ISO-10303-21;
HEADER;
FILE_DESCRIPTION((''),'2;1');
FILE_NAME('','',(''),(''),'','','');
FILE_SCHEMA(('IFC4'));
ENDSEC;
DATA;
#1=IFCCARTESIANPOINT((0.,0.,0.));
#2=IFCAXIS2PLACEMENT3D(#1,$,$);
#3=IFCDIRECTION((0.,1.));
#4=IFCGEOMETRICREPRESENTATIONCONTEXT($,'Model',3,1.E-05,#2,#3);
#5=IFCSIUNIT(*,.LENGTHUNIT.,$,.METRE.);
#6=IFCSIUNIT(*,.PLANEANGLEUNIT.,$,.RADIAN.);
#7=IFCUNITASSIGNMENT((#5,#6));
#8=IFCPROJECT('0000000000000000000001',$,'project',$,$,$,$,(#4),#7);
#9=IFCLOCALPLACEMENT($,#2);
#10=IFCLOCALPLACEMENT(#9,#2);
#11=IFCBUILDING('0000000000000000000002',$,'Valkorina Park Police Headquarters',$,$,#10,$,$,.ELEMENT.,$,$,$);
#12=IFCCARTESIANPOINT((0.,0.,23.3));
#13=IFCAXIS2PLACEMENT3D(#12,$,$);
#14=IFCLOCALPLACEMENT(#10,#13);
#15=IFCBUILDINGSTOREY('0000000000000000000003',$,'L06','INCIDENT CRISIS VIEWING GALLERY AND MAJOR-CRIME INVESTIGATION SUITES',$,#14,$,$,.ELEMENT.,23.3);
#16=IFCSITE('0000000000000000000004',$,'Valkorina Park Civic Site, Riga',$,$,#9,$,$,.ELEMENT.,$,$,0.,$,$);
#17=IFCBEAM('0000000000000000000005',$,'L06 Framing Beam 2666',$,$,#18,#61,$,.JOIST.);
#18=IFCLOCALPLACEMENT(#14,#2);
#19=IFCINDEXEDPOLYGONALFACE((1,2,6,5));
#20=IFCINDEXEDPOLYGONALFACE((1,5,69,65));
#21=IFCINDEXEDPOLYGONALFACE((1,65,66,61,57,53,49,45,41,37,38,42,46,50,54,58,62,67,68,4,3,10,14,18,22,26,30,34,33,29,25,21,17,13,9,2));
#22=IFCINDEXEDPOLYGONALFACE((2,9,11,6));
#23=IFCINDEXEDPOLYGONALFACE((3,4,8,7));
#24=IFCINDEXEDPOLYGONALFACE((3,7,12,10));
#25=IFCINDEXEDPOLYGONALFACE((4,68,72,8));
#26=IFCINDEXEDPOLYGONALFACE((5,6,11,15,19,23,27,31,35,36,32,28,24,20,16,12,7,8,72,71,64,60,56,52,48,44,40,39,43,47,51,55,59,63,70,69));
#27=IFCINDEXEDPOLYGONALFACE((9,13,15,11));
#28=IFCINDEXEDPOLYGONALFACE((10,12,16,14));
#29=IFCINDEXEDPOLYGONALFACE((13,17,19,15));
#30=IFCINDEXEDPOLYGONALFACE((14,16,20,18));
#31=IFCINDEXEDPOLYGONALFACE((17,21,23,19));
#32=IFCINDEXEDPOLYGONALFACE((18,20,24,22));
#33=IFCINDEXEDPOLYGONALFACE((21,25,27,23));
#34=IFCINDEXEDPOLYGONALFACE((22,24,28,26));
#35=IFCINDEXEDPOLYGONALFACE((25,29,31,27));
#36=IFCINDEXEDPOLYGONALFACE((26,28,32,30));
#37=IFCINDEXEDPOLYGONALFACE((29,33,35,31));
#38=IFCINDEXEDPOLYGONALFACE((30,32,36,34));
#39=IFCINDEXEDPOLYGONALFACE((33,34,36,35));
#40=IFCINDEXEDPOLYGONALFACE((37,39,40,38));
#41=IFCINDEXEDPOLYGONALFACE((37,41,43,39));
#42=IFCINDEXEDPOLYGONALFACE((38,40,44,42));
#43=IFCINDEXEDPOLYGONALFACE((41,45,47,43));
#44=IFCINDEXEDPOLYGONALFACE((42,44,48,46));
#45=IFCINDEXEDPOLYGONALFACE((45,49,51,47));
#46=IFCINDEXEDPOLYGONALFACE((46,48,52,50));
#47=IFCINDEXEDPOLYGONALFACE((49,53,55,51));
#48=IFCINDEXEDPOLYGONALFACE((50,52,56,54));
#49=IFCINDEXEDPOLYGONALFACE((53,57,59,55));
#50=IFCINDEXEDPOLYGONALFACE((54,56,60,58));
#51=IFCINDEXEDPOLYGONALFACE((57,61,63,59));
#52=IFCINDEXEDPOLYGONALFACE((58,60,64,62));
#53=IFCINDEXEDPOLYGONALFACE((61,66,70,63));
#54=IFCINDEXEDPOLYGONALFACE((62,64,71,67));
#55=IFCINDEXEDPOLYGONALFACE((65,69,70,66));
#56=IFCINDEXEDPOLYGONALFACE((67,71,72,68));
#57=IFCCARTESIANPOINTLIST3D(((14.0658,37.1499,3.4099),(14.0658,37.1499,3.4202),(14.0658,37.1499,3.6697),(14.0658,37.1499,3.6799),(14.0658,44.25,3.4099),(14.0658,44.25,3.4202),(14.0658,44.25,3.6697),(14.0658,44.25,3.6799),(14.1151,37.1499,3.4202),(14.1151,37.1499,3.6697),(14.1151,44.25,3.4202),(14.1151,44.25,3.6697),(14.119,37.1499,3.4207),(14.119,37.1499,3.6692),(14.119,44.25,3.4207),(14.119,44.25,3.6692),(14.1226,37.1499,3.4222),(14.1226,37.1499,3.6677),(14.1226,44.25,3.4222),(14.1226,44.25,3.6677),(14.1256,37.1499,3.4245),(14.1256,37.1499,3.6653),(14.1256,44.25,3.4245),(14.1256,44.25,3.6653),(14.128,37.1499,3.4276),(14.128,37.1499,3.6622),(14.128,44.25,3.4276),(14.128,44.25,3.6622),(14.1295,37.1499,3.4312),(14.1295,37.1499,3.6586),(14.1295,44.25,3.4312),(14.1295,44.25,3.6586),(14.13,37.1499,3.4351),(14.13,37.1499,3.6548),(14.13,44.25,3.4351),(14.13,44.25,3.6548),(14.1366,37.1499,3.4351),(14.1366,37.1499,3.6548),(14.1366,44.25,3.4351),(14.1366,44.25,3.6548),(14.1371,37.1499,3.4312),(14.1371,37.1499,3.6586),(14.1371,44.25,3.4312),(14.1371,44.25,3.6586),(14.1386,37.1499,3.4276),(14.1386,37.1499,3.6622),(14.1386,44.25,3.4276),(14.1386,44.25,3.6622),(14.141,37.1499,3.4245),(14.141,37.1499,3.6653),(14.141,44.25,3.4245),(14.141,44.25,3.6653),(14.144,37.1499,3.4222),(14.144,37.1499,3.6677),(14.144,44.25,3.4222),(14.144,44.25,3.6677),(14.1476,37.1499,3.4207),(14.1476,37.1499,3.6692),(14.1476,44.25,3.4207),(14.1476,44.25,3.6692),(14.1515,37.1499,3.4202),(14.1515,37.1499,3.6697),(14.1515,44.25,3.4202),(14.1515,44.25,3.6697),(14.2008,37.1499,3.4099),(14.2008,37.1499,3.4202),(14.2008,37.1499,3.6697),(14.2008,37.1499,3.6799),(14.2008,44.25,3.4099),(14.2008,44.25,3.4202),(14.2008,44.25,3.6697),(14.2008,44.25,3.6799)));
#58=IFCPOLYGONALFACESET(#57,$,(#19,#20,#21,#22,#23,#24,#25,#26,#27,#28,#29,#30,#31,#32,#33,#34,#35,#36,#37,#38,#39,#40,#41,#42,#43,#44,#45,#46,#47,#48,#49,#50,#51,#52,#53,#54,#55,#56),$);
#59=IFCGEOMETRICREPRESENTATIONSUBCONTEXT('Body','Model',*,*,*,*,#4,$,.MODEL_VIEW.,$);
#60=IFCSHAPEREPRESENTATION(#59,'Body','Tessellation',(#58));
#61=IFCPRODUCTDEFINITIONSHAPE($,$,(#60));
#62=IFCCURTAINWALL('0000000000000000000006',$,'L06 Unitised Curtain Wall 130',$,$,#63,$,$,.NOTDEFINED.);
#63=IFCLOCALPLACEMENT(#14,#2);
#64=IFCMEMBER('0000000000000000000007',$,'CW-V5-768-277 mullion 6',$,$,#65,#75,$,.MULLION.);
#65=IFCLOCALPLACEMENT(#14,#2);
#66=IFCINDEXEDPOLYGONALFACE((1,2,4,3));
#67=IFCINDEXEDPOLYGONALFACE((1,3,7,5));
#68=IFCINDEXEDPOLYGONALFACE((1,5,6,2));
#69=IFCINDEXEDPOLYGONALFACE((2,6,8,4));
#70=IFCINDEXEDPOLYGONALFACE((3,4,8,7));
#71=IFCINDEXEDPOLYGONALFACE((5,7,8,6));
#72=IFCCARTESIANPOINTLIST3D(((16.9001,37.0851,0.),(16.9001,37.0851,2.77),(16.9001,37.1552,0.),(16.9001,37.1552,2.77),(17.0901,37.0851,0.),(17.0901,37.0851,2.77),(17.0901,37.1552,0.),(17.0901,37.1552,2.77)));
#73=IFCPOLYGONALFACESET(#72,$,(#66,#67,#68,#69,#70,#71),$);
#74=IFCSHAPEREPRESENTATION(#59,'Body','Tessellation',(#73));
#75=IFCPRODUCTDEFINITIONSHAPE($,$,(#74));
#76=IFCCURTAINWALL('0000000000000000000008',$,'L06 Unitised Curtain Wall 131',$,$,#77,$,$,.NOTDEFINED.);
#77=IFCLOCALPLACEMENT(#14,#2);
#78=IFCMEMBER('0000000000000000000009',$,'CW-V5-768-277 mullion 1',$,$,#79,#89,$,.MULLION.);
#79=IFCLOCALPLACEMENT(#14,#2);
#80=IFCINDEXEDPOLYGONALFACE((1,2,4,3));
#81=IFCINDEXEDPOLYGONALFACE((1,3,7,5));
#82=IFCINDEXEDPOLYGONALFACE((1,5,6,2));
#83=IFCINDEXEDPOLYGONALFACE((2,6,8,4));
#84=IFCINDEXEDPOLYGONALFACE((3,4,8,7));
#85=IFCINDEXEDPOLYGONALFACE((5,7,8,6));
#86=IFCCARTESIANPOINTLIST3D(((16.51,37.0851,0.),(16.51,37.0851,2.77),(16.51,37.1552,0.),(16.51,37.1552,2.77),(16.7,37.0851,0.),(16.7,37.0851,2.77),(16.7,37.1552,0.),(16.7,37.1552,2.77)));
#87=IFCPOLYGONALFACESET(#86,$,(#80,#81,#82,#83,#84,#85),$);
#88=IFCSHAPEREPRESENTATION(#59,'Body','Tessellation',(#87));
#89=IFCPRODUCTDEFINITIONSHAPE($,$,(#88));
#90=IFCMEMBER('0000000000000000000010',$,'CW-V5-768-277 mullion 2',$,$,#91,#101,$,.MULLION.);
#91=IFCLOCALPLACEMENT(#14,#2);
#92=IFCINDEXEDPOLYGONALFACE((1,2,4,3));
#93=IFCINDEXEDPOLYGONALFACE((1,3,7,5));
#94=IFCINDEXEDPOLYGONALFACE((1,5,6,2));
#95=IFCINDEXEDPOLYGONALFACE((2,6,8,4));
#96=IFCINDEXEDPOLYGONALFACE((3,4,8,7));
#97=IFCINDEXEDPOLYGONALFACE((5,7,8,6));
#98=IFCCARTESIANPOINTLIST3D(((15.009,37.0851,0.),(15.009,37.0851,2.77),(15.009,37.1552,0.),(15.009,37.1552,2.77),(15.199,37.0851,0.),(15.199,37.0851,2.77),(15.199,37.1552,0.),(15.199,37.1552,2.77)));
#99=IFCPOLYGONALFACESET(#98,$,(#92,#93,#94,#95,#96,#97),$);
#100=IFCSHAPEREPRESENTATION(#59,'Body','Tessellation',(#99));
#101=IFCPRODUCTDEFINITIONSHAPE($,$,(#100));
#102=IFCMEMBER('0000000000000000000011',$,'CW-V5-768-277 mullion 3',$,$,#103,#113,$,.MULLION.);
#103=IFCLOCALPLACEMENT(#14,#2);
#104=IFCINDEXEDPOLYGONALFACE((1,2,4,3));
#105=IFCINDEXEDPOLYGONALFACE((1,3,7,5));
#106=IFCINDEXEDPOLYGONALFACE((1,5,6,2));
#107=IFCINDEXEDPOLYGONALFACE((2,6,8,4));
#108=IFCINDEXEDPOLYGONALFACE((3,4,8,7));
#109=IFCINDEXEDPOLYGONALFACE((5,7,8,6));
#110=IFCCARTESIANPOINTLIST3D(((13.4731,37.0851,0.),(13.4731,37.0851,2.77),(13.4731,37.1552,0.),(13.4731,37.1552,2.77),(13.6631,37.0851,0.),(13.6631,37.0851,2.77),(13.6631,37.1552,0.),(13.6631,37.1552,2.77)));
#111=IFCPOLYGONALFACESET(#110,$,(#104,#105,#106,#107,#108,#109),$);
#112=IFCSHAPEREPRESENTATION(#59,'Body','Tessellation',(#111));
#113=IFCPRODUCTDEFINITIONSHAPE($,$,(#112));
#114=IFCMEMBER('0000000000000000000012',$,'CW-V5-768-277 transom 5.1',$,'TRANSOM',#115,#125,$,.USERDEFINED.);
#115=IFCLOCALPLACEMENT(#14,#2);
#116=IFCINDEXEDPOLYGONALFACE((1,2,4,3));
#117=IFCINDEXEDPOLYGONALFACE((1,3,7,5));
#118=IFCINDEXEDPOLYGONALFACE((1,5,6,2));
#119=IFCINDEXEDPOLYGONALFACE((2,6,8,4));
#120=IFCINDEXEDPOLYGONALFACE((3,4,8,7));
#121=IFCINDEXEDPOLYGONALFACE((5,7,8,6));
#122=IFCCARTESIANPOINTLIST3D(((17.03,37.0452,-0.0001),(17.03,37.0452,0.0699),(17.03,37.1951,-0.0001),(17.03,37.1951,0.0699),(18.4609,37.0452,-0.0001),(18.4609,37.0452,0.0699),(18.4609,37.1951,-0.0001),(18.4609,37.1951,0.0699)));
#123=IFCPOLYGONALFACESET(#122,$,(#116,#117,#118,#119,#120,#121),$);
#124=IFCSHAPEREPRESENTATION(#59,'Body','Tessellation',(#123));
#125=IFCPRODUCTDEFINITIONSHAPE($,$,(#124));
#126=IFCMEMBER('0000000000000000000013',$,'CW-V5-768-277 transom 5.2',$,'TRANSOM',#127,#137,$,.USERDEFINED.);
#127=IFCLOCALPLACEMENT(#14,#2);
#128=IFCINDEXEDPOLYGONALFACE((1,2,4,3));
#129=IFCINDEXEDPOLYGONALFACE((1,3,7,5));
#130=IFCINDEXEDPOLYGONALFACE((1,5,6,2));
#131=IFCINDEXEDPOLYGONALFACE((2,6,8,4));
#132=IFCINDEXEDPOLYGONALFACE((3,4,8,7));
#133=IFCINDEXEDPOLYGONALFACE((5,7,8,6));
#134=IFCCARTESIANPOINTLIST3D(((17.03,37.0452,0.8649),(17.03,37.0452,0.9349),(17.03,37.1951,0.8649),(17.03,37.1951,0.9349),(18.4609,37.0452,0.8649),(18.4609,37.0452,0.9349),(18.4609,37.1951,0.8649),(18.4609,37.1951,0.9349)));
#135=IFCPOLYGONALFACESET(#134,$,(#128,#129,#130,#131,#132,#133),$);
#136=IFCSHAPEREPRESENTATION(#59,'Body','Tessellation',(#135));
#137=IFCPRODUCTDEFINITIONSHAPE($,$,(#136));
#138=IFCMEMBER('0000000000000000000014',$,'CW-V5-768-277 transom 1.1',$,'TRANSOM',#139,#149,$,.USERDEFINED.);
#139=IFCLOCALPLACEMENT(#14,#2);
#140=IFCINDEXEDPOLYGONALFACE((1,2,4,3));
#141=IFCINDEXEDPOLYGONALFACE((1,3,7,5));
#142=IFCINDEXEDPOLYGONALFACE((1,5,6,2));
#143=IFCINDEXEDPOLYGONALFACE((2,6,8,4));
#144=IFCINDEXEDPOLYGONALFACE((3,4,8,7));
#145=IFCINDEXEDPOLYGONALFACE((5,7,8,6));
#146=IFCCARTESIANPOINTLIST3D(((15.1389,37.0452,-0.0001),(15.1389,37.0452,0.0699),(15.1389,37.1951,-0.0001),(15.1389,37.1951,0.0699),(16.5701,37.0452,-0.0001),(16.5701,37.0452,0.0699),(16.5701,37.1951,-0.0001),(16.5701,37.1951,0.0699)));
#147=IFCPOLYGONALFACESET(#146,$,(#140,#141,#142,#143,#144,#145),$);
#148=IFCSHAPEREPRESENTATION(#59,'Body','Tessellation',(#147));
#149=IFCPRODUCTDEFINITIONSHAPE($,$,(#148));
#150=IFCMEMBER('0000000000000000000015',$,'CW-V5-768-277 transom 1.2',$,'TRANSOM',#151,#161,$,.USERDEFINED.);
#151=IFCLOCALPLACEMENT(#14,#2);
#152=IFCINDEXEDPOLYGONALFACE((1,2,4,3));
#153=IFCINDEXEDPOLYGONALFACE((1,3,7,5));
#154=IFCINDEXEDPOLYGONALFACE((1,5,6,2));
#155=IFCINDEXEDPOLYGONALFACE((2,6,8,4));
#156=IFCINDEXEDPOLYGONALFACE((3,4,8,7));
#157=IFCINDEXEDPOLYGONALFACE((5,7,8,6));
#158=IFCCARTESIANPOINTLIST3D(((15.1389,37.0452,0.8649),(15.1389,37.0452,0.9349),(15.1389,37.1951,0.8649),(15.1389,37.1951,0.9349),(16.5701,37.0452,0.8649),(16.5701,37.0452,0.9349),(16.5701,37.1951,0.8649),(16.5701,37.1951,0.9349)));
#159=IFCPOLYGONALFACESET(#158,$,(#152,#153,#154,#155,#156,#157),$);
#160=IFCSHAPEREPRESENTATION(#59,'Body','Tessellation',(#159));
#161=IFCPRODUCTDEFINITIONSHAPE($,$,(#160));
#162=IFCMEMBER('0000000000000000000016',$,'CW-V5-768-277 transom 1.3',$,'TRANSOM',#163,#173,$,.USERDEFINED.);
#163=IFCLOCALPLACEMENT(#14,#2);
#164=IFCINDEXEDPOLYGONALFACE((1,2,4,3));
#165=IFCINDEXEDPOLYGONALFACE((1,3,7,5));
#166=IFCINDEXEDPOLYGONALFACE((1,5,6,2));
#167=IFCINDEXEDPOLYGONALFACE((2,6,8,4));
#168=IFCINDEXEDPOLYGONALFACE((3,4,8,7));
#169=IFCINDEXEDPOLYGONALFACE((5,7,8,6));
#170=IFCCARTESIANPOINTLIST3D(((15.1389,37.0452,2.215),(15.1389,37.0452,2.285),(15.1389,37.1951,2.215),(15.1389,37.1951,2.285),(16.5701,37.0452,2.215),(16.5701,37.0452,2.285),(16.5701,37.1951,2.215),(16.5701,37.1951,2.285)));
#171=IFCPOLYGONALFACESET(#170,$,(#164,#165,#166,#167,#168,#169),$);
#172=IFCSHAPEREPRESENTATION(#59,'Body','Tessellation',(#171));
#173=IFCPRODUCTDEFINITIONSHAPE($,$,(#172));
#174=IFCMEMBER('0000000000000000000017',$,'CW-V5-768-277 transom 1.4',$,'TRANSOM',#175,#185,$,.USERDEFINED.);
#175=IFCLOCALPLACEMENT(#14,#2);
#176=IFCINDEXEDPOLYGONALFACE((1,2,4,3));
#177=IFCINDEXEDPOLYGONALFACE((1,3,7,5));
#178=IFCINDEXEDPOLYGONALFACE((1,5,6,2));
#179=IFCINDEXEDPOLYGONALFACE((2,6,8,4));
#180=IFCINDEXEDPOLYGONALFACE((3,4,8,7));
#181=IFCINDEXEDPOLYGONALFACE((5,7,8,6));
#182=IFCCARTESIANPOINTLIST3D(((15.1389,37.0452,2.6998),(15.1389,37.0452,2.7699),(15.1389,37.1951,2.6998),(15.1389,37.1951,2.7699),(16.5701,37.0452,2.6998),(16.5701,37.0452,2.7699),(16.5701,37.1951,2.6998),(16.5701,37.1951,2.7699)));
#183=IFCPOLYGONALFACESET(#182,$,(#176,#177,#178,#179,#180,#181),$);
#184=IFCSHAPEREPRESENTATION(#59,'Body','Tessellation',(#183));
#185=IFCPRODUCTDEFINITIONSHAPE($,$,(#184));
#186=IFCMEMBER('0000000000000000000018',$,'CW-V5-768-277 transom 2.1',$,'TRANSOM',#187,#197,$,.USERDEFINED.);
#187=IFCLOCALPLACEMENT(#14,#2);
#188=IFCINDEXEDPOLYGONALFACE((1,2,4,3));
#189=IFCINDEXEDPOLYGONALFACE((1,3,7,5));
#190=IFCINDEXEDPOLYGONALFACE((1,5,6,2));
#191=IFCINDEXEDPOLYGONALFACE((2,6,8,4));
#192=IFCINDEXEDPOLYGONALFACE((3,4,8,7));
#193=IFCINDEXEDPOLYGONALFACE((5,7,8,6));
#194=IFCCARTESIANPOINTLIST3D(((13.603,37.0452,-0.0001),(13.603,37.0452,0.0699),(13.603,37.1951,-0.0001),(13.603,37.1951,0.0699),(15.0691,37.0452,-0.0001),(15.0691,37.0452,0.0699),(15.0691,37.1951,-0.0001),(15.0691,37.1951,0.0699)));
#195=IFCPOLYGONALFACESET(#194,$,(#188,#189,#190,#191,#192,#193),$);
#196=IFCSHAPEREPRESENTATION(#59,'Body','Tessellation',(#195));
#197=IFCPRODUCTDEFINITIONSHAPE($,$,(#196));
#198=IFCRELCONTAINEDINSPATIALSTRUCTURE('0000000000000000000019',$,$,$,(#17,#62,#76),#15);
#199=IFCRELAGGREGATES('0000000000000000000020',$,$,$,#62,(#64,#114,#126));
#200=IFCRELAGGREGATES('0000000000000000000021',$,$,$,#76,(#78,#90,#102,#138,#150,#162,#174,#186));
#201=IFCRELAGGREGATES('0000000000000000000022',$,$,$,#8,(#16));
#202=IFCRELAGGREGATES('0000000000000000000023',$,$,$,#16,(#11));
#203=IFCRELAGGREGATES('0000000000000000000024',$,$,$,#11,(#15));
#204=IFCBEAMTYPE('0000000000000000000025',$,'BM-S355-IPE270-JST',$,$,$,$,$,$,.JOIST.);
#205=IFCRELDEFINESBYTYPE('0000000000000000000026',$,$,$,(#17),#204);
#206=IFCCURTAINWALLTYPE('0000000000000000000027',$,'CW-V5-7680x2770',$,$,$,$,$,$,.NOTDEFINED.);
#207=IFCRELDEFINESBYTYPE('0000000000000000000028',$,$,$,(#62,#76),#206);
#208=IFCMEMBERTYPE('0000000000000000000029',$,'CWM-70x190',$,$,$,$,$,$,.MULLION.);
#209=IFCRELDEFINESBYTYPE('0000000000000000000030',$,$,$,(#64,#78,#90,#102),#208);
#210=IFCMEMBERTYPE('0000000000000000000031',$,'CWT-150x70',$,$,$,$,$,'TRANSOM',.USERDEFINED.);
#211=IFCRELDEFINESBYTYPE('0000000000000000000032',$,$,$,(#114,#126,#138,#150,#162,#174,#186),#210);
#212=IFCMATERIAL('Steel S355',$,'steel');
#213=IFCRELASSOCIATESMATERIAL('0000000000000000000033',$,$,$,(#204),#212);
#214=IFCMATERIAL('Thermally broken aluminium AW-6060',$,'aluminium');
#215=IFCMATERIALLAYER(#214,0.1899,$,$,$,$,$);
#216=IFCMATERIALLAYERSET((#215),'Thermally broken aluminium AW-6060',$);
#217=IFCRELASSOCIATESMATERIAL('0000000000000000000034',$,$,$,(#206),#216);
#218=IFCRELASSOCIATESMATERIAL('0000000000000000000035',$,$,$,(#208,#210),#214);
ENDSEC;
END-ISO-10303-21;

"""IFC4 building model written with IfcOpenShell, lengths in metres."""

from ifc_helpers import new_model, si_unit, direction, frame, origin, origin_2d, place, context, subcontext, project, spatial, rectangle, i_section, extrude, material, layer, layer_set, material_profile, profile_set, type_object, element, aggregate, save


model = new_model("IFC4")

# Units and contexts
model_context = context("Model", 3, precision=1e-05, world=origin(), true_north=direction((0.0, 1.0)))
body_context = subcontext(model_context, "Body", "Model", "MODEL_VIEW")
ifc_project = project(units=[si_unit("LENGTHUNIT", "METRE"), si_unit("PLANEANGLEUNIT", "RADIAN")], contexts=[model_context])

# Site, building, storey
site_placement = place(None, origin())
site = spatial("IfcSite", under=ifc_project, at=site_placement, Name="Valkorina Park Civic Site, Riga", CompositionType="ELEMENT", RefElevation=0.0)
building_placement = place(site_placement, origin())
building = spatial("IfcBuilding", under=site, at=building_placement, Name="Valkorina Park Police Headquarters", CompositionType="ELEMENT")
storey_placement = place(building_placement, frame((0.0, 0.0, 23.3)))
storey = spatial("IfcBuildingStorey", under=building, at=storey_placement, Name="L06", Description="INCIDENT CRISIS VIEWING GALLERY AND MAJOR-CRIME INVESTIGATION SUITES", CompositionType="ELEMENT", Elevation=23.3)

# Shared definitions
ifc_material_1 = material(Name="Steel S355", Category="steel")

# Beam
ifc_material_profile_1 = material_profile(ifc_material_1, i_section(OverallWidth=0.135, OverallDepth=0.27, WebThickness=0.0066, FlangeThickness=0.0103, FilletRadius=0.0149, at=origin_2d()), Name="IPE 270")
ifc_profile_set_1 = profile_set([ifc_material_profile_1], Name="Steel S355")
beam_type_1 = type_object("IfcBeamType", Name="BM-S355-IPE270-JST", PredefinedType="JOIST", material=ifc_profile_set_1)
beam_1_placement = place(storey_placement, frame((14.1333, 37.1499, 3.5449), z_axis=(0.0, 1.0, 0.0), x_axis=(-1.0, 0.0, 0.0)))
element("IfcBeam", 1, at=beam_1_placement, inside=storey, type_object=beam_type_1, Name="L06 Framing Beam 2666", PredefinedType="JOIST", context=body_context, shape_type="SweptSolid", body=[
    extrude(i_section(OverallWidth=0.135, OverallDepth=0.27, WebThickness=0.0066, FlangeThickness=0.0103, FilletRadius=0.0149, at=origin_2d()), origin(), (0.0, 0.0, 1.0), 7.1001),
])

# Curtain wall, member
ifc_material_2 = material(Name="Thermally broken aluminium AW-6060", Category="aluminium")
ifc_layer_1 = layer(ifc_material_2, 0.1899)
ifc_layer_set_1 = layer_set([ifc_layer_1], Name="Thermally broken aluminium AW-6060")
curtain_wall_type = type_object("IfcCurtainWallType", Name="CW-V5-7680x2770", PredefinedType="NOTDEFINED", material=ifc_layer_set_1)
curtain_wall_1_placement = place(storey_placement, origin())
curtain_wall_1 = element("IfcCurtainWall", 2, at=curtain_wall_1_placement, inside=storey, type_object=curtain_wall_type, Name="L06 Unitised Curtain Wall 130", PredefinedType="NOTDEFINED")
ifc_material_profile_2 = material_profile(ifc_material_2, rectangle(XDim=0.0701, YDim=0.1899, at=origin_2d()), Name="CWM-02 70x190")
ifc_profile_set_2 = profile_set([ifc_material_profile_2], Name="Thermally broken aluminium AW-6060")
member_type_1 = type_object("IfcMemberType", Name="CWM-70x190", PredefinedType="MULLION", material=ifc_profile_set_2)
member_1_placement = place(storey_placement, frame((16.9951, 37.1201, 0.0), z_axis=(0.0, 0.0, 1.0), x_axis=(0.0, -1.0, 0.0)))
member_1 = element("IfcMember", 3, at=member_1_placement, type_object=member_type_1, Name="CW-V5-768-277 mullion 6", PredefinedType="MULLION", context=body_context, shape_type="SweptSolid", body=[
    extrude(rectangle(XDim=0.0701, YDim=0.1899, at=origin_2d()), origin(), (0.0, 0.0, 1.0), 2.77),
])

# Curtain wall, members
curtain_wall_2_placement = place(storey_placement, origin())
curtain_wall_2 = element("IfcCurtainWall", 4, at=curtain_wall_2_placement, inside=storey, type_object=curtain_wall_type, Name="L06 Unitised Curtain Wall 131", PredefinedType="NOTDEFINED")
member_2_placement = place(storey_placement, frame((16.605, 37.1201, 0.0), z_axis=(0.0, 0.0, 1.0), x_axis=(0.0, -1.0, 0.0)))
member_2 = element("IfcMember", 5, at=member_2_placement, type_object=member_type_1, Name="CW-V5-768-277 mullion 1", PredefinedType="MULLION", context=body_context, shape_type="SweptSolid", body=[
    extrude(rectangle(XDim=0.0701, YDim=0.1899, at=origin_2d()), origin(), (0.0, 0.0, 1.0), 2.77),
])
member_3_placement = place(storey_placement, frame((15.104, 37.1201, 0.0), z_axis=(0.0, 0.0, 1.0), x_axis=(0.0, -1.0, 0.0)))
member_3 = element("IfcMember", 6, at=member_3_placement, type_object=member_type_1, Name="CW-V5-768-277 mullion 2", PredefinedType="MULLION", context=body_context, shape_type="SweptSolid", body=[
    extrude(rectangle(XDim=0.0701, YDim=0.1899, at=origin_2d()), origin(), (0.0, 0.0, 1.0), 2.77),
])
member_4_placement = place(storey_placement, frame((13.5681, 37.1201, 0.0), z_axis=(0.0, 0.0, 1.0), x_axis=(0.0, -1.0, 0.0)))
member_4 = element("IfcMember", 7, at=member_4_placement, type_object=member_type_1, Name="CW-V5-768-277 mullion 3", PredefinedType="MULLION", context=body_context, shape_type="SweptSolid", body=[
    extrude(rectangle(XDim=0.0701, YDim=0.1899, at=origin_2d()), origin(), (0.0, 0.0, 1.0), 2.77),
])

# Members
ifc_material_profile_3 = material_profile(ifc_material_2, rectangle(XDim=0.1499, YDim=0.0701, at=origin_2d()), Name="CWT-02 150x70")
ifc_profile_set_3 = profile_set([ifc_material_profile_3], Name="Thermally broken aluminium AW-6060")
member_type_2 = type_object("IfcMemberType", Name="CWT-150x70", ElementType="TRANSOM", PredefinedType="USERDEFINED", material=ifc_profile_set_3)
member_5_placement = place(storey_placement, frame((18.4609, 37.1201, 0.0349), z_axis=(-1.0, 0.0, 0.0), x_axis=(0.0, -1.0, 0.0)))
member_5 = element("IfcMember", 8, at=member_5_placement, type_object=member_type_2, Name="CW-V5-768-277 transom 5.1", ObjectType="TRANSOM", PredefinedType="USERDEFINED", context=body_context, shape_type="SweptSolid", body=[
    extrude(rectangle(XDim=0.1499, YDim=0.0701, at=origin_2d()), origin(), (0.0, 0.0, 1.0), 1.4309),
])
member_6_placement = place(storey_placement, frame((18.4609, 37.1201, 0.8999), z_axis=(-1.0, 0.0, 0.0), x_axis=(0.0, -1.0, 0.0)))
member_6 = element("IfcMember", 9, at=member_6_placement, type_object=member_type_2, Name="CW-V5-768-277 transom 5.2", ObjectType="TRANSOM", PredefinedType="USERDEFINED", context=body_context, shape_type="SweptSolid", body=[
    extrude(rectangle(XDim=0.1499, YDim=0.0701, at=origin_2d()), origin(), (0.0, 0.0, 1.0), 1.4309),
])
member_7_placement = place(storey_placement, frame((16.5701, 37.1201, 0.0349), z_axis=(-1.0, 0.0, 0.0), x_axis=(0.0, -1.0, 0.0)))
member_7 = element("IfcMember", 10, at=member_7_placement, type_object=member_type_2, Name="CW-V5-768-277 transom 1.1", ObjectType="TRANSOM", PredefinedType="USERDEFINED", context=body_context, shape_type="SweptSolid", body=[
    extrude(rectangle(XDim=0.1499, YDim=0.0701, at=origin_2d()), origin(), (0.0, 0.0, 1.0), 1.4312),
])
member_8_placement = place(storey_placement, frame((16.5701, 37.1201, 0.8999), z_axis=(-1.0, 0.0, 0.0), x_axis=(0.0, -1.0, 0.0)))
member_8 = element("IfcMember", 11, at=member_8_placement, type_object=member_type_2, Name="CW-V5-768-277 transom 1.2", ObjectType="TRANSOM", PredefinedType="USERDEFINED", context=body_context, shape_type="SweptSolid", body=[
    extrude(rectangle(XDim=0.1499, YDim=0.0701, at=origin_2d()), origin(), (0.0, 0.0, 1.0), 1.4312),
])
member_9_placement = place(storey_placement, frame((16.5701, 37.1201, 2.25), z_axis=(-1.0, 0.0, 0.0), x_axis=(0.0, -1.0, 0.0)))
member_9 = element("IfcMember", 12, at=member_9_placement, type_object=member_type_2, Name="CW-V5-768-277 transom 1.3", ObjectType="TRANSOM", PredefinedType="USERDEFINED", context=body_context, shape_type="SweptSolid", body=[
    extrude(rectangle(XDim=0.1499, YDim=0.0701, at=origin_2d()), origin(), (0.0, 0.0, 1.0), 1.4312),
])
member_10_placement = place(storey_placement, frame((16.5701, 37.1201, 2.7349), z_axis=(-1.0, 0.0, 0.0), x_axis=(0.0, -1.0, 0.0)))
member_10 = element("IfcMember", 13, at=member_10_placement, type_object=member_type_2, Name="CW-V5-768-277 transom 1.4", ObjectType="TRANSOM", PredefinedType="USERDEFINED", context=body_context, shape_type="SweptSolid", body=[
    extrude(rectangle(XDim=0.1499, YDim=0.0701, at=origin_2d()), origin(), (0.0, 0.0, 1.0), 1.4312),
])
member_11_placement = place(storey_placement, frame((15.0691, 37.1201, 0.0349), z_axis=(-1.0, 0.0, 0.0), x_axis=(0.0, -1.0, 0.0)))
member_11 = element("IfcMember", 14, at=member_11_placement, type_object=member_type_2, Name="CW-V5-768-277 transom 2.1", ObjectType="TRANSOM", PredefinedType="USERDEFINED", context=body_context, shape_type="SweptSolid", body=[
    extrude(rectangle(XDim=0.1499, YDim=0.0701, at=origin_2d()), origin(), (0.0, 0.0, 1.0), 1.4661),
])

aggregate(curtain_wall_1, [member_1, member_5, member_6])
aggregate(curtain_wall_2, [member_2, member_3, member_4, member_7, member_8, member_9, member_10, member_11])

save(model, "model.ifc")
